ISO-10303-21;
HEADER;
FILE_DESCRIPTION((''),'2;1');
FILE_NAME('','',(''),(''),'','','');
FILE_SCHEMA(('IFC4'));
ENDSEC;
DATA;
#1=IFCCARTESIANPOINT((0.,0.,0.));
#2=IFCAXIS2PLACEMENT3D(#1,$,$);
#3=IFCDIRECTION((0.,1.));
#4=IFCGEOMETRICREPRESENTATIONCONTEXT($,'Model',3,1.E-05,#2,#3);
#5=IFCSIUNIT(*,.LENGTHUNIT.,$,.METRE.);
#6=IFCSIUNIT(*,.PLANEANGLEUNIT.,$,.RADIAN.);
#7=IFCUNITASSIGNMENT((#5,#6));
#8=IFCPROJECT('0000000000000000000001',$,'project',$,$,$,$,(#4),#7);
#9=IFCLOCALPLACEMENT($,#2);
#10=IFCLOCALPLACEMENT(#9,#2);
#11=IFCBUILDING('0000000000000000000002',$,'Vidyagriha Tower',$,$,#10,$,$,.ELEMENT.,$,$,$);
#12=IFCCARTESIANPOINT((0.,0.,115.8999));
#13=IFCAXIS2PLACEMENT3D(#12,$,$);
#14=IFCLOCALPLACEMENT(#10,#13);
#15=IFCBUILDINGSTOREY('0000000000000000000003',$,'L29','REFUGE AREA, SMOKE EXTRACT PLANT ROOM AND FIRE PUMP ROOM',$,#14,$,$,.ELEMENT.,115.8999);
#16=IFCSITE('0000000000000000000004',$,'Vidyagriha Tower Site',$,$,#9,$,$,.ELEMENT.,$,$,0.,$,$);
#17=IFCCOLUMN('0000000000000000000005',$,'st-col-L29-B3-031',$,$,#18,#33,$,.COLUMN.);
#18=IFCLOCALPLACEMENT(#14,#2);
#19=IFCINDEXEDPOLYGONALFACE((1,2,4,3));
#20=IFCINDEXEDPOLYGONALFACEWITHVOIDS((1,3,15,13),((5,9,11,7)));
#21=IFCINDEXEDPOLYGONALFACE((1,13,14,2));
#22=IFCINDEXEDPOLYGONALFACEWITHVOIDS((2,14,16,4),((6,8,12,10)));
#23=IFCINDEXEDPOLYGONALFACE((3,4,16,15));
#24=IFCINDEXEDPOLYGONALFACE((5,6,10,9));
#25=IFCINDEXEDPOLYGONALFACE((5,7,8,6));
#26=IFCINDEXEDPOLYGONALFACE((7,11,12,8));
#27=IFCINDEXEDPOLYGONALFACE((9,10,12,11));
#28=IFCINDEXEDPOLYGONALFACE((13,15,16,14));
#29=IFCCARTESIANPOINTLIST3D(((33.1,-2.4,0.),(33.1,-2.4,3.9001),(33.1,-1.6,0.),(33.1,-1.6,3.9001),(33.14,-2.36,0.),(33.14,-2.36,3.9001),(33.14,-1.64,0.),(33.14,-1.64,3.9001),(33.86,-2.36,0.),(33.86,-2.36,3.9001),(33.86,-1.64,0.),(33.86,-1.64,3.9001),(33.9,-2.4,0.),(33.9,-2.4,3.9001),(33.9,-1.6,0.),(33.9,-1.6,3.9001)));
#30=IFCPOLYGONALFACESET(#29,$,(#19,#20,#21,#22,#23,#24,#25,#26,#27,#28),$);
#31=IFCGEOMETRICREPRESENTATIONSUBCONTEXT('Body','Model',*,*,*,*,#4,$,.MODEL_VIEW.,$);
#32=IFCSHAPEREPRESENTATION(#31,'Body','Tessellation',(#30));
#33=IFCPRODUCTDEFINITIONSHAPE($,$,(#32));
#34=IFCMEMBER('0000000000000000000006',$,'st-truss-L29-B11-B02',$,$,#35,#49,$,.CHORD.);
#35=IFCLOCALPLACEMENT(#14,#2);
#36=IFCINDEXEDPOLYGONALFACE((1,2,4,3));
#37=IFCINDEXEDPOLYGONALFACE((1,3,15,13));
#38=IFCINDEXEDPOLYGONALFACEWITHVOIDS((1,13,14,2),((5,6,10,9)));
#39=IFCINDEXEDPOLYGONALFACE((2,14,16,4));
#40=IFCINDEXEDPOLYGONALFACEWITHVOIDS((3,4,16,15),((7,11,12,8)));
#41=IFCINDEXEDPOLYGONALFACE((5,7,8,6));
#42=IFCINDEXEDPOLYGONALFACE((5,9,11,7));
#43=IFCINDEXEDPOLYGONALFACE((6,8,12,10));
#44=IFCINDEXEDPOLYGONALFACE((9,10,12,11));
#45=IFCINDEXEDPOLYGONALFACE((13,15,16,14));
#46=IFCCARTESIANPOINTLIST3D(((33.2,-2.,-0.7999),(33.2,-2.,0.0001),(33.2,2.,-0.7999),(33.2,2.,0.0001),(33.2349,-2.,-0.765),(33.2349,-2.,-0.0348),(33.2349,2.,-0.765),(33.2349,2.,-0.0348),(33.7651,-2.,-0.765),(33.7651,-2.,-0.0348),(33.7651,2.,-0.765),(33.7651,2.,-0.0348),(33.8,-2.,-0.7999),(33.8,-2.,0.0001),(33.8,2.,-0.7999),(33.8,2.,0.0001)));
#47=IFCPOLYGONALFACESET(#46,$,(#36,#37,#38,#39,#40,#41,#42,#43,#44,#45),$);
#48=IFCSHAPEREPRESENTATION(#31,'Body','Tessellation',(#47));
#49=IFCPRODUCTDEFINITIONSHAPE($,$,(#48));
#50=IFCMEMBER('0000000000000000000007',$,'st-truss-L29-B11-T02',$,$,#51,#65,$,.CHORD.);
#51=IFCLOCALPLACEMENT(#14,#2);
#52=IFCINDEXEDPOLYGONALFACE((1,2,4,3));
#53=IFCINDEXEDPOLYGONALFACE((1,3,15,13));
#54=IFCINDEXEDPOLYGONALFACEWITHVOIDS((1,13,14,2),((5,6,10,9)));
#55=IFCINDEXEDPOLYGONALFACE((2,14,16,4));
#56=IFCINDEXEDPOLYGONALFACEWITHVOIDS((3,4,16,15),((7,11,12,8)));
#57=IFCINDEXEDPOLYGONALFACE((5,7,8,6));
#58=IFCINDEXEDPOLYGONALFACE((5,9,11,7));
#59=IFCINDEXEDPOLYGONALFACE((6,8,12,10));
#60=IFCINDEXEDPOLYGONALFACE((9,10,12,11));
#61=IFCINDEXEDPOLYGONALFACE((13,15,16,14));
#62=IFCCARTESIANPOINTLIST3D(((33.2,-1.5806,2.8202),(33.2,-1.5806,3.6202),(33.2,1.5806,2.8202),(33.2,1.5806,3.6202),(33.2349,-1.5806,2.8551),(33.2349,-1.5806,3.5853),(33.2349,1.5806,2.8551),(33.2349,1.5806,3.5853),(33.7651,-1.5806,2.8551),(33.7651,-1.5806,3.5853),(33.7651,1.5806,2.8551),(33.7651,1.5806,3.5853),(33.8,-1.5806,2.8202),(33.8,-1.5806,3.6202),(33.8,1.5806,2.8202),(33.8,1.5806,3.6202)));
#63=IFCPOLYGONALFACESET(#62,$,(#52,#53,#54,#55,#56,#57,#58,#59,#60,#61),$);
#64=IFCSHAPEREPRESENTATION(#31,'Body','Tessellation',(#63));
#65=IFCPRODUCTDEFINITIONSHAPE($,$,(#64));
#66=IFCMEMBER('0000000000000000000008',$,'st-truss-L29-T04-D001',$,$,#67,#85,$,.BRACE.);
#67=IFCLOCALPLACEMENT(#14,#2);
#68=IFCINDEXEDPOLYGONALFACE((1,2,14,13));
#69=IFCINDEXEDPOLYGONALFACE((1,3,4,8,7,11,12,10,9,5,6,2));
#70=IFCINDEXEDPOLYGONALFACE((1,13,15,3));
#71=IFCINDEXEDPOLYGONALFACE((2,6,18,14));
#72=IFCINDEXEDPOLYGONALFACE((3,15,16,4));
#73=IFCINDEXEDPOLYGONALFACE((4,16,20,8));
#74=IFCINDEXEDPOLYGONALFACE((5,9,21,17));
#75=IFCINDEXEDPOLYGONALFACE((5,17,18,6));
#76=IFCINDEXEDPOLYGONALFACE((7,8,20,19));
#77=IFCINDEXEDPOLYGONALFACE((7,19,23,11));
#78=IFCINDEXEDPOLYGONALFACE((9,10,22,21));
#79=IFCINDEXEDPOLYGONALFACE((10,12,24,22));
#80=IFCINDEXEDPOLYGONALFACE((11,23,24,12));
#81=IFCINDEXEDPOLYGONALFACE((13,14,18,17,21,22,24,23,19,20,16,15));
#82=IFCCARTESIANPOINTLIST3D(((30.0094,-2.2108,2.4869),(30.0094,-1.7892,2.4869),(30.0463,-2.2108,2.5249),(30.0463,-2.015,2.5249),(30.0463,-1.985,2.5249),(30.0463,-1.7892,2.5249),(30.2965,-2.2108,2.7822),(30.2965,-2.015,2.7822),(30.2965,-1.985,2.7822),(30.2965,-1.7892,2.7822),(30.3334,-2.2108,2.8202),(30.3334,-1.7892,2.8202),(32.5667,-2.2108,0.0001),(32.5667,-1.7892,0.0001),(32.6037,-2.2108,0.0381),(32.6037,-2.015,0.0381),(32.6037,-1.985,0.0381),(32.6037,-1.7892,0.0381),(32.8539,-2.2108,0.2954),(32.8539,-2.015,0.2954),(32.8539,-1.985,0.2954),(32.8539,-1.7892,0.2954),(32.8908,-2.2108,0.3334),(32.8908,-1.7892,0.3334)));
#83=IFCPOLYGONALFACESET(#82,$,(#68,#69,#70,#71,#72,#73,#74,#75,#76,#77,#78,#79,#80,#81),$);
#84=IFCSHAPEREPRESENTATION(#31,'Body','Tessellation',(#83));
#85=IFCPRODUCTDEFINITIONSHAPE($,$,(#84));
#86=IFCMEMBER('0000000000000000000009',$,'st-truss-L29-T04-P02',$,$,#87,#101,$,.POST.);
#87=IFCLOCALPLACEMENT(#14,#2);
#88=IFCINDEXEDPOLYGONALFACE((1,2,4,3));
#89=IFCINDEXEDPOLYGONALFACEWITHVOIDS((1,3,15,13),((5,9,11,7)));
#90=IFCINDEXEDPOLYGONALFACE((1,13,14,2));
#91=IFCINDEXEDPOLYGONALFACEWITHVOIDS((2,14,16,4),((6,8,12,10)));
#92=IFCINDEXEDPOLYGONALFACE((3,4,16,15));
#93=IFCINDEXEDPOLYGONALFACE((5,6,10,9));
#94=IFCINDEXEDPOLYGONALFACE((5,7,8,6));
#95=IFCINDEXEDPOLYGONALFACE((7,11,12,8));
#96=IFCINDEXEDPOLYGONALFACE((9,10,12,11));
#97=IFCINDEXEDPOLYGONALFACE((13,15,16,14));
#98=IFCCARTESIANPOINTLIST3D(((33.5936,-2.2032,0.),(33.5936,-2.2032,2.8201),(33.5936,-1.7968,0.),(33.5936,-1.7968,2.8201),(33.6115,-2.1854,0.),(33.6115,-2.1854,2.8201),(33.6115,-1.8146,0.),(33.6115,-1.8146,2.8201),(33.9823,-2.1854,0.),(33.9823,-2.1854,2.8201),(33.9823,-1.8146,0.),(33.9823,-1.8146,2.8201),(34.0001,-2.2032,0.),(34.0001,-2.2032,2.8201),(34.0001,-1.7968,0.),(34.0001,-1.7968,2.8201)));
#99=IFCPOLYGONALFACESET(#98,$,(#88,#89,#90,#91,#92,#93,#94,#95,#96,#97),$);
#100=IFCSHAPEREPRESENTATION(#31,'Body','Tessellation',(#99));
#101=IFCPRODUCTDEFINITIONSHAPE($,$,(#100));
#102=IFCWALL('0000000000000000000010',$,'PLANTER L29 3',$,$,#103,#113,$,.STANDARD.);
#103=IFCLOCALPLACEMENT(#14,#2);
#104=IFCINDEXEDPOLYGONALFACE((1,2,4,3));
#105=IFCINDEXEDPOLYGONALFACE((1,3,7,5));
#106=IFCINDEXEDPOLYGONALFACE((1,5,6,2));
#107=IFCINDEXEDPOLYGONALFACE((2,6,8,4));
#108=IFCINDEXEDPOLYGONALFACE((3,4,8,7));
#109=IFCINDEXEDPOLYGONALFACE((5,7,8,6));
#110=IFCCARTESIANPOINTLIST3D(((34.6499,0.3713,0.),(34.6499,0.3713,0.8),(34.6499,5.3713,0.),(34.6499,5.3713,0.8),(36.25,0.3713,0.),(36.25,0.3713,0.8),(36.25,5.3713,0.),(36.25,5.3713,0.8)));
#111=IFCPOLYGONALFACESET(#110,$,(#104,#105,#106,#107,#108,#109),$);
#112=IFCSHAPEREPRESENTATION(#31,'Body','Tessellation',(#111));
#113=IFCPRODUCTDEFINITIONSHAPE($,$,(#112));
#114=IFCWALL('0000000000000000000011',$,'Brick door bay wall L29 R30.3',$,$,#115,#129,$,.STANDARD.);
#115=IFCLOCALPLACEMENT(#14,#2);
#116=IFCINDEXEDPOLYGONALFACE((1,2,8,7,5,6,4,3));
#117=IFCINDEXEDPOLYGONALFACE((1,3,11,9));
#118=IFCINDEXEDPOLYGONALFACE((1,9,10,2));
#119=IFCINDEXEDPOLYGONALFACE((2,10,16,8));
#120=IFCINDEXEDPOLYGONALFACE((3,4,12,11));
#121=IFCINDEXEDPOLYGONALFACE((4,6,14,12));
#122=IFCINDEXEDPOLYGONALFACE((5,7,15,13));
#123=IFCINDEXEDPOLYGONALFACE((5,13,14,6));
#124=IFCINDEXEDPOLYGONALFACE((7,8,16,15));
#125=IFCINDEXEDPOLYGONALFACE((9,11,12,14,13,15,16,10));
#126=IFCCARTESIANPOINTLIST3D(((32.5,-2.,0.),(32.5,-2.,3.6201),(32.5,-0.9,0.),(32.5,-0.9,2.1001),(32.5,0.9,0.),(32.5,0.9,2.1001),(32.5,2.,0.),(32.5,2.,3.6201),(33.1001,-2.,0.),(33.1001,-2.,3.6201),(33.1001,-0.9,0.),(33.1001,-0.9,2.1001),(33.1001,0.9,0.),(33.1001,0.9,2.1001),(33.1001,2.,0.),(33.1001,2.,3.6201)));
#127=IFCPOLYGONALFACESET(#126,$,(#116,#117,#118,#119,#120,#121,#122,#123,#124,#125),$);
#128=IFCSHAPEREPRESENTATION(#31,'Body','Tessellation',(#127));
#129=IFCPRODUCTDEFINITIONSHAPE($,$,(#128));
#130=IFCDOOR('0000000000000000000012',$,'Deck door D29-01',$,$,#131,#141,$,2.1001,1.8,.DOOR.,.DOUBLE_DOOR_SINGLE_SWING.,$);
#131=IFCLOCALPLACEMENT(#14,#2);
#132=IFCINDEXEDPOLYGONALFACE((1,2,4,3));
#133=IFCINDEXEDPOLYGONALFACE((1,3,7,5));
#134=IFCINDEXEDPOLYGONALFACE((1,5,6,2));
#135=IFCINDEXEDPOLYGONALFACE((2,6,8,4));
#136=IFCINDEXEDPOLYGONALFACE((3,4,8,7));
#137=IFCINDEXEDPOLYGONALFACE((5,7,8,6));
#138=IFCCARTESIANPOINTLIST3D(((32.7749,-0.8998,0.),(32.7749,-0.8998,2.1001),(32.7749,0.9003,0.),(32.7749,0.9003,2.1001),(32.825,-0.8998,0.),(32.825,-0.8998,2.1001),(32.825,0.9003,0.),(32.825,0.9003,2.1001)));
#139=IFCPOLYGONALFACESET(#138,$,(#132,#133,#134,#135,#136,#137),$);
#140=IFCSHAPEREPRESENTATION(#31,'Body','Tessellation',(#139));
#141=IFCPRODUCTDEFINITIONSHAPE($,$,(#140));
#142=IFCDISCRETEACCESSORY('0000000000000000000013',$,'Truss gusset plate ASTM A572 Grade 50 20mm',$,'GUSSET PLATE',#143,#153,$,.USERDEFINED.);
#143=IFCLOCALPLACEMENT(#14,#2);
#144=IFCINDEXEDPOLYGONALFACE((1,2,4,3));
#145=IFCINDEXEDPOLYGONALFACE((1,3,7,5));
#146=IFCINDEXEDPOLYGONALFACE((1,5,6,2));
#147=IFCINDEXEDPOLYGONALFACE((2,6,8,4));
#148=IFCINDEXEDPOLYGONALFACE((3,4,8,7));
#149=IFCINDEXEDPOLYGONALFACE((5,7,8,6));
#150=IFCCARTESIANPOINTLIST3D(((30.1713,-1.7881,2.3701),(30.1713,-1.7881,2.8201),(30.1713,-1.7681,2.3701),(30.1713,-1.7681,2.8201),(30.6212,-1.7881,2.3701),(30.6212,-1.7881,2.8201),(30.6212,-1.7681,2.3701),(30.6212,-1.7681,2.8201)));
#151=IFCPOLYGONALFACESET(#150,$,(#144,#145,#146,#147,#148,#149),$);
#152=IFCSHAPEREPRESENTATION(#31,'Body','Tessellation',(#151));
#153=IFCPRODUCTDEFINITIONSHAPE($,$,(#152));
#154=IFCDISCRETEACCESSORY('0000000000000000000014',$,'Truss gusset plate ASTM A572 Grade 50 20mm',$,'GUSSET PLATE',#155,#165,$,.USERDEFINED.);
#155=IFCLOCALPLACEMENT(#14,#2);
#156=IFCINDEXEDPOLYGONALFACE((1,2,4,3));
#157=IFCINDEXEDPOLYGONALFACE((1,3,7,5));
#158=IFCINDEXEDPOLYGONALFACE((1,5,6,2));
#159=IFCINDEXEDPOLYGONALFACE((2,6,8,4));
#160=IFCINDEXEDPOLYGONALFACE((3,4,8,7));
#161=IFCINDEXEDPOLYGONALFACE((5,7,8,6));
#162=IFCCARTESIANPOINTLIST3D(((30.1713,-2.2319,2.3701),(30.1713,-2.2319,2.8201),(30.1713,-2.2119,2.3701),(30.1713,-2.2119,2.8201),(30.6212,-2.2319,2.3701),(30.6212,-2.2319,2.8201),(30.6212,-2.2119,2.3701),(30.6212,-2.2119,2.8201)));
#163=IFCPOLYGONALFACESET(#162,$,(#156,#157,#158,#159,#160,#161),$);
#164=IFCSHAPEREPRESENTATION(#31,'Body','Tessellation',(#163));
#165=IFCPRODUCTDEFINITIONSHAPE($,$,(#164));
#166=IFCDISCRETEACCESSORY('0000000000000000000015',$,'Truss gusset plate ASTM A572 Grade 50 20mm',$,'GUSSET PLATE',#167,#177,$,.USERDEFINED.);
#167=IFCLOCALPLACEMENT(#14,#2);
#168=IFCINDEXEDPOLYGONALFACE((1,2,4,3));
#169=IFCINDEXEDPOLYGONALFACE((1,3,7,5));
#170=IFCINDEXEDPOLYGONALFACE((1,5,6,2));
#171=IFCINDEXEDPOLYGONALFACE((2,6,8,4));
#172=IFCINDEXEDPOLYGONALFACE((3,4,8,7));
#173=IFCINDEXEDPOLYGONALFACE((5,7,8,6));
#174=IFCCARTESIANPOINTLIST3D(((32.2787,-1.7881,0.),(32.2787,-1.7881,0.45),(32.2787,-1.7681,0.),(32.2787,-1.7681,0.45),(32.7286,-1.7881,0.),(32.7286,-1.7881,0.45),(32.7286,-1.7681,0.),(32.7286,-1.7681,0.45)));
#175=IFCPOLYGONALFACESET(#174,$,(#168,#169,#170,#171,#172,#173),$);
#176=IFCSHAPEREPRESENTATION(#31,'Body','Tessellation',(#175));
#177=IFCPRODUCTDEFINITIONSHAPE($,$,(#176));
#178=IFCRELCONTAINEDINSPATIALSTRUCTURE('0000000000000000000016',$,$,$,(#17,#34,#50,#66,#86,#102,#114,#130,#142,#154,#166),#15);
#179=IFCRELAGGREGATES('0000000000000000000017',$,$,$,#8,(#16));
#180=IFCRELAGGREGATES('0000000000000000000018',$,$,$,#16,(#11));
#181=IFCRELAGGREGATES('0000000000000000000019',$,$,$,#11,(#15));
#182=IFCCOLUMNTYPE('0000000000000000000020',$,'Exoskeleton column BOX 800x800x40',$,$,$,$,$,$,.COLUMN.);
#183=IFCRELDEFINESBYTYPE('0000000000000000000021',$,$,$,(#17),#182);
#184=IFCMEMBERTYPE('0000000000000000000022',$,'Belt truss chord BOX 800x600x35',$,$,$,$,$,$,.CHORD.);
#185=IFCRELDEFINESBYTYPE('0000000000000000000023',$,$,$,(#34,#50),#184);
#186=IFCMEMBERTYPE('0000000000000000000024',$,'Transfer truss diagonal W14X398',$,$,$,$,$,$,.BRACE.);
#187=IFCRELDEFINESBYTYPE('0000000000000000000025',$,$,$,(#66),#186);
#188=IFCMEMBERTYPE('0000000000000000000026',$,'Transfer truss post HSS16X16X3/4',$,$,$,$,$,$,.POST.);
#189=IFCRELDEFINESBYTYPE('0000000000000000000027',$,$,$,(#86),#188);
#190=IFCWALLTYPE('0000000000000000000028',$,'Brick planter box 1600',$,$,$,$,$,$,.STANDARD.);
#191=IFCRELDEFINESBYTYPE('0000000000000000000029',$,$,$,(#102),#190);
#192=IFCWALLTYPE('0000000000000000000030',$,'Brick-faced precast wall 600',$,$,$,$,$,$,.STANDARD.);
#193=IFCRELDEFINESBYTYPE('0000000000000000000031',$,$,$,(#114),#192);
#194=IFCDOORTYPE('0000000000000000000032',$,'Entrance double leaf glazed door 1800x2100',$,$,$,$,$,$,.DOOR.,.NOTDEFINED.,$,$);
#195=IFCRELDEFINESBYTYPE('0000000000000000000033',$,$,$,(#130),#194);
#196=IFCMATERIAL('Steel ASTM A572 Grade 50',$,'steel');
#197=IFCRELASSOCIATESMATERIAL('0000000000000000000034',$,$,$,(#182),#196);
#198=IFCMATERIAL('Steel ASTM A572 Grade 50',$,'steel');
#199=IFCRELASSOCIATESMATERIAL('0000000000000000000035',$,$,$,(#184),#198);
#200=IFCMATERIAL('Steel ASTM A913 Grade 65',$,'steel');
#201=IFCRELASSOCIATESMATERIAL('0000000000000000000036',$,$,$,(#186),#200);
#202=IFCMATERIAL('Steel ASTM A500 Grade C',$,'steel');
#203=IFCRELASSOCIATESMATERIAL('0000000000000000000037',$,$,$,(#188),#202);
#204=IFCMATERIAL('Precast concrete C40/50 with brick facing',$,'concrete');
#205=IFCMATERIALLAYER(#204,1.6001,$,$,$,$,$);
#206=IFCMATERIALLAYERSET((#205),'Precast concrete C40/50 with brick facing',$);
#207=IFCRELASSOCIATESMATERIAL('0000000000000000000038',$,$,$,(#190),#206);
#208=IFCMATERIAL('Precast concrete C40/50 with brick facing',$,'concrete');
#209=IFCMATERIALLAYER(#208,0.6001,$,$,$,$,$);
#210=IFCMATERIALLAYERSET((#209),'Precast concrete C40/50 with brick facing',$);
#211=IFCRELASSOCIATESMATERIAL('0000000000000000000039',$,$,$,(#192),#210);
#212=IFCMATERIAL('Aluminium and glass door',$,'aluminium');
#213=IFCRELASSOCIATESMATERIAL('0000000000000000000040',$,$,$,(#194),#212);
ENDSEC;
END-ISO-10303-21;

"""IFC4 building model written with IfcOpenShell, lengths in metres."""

from ifc_helpers import new_model, si_unit, direction, frame, frame_2d, origin, origin_2d, place, context, subcontext, project, spatial, rectangle, hollow_rectangle, i_section, extrude, material, layer, layer_set, material_profile, profile_set, type_object, element, fill, save


model = new_model("IFC4")

# Units and contexts
model_context = context("Model", 3, precision=1e-05, world=origin(), true_north=direction((0.0, 1.0)))
body_context = subcontext(model_context, "Body", "Model", "MODEL_VIEW")
ifc_project = project(units=[si_unit("LENGTHUNIT", "METRE"), si_unit("PLANEANGLEUNIT", "RADIAN")], contexts=[model_context])

# Site, building, storey
site_placement = place(None, origin())
site = spatial("IfcSite", under=ifc_project, at=site_placement, Name="Vidyagriha Tower Site", CompositionType="ELEMENT", RefElevation=0.0)
building_placement = place(site_placement, origin())
building = spatial("IfcBuilding", under=site, at=building_placement, Name="Vidyagriha Tower", CompositionType="ELEMENT")
storey_placement = place(building_placement, frame((0.0, 0.0, 115.8999)))
storey = spatial("IfcBuildingStorey", under=building, at=storey_placement, Name="L29", Description="REFUGE AREA, SMOKE EXTRACT PLANT ROOM AND FIRE PUMP ROOM", CompositionType="ELEMENT", Elevation=115.8999)

# Column
ifc_material_1 = material(Name="Steel ASTM A572 Grade 50", Category="steel")
ifc_material_profile_1 = material_profile(ifc_material_1, hollow_rectangle(XDim=0.8, YDim=0.8, WallThickness=0.04, at=origin_2d()), Name="BOX 800x800x40")
ifc_profile_set_1 = profile_set([ifc_material_profile_1], Name="Steel ASTM A572 Grade 50")
column_type = type_object("IfcColumnType", Name="Exoskeleton column BOX 800x800x40", PredefinedType="COLUMN", material=ifc_profile_set_1)
column_placement = place(storey_placement, frame((33.5, -2.0, 0.0)))
element("IfcColumn", 1, at=column_placement, inside=storey, type_object=column_type, Name="st-col-L29-B3-031", PredefinedType="COLUMN", context=body_context, shape_type="SweptSolid", body=[
    extrude(hollow_rectangle(XDim=0.8, YDim=0.8, WallThickness=0.04, at=origin_2d()), origin(), (0.0, 0.0, 1.0), 3.9001),
])

# Members
ifc_material_2 = material(Name="Steel ASTM A572 Grade 50", Category="steel")
ifc_material_profile_2 = material_profile(ifc_material_2, hollow_rectangle(XDim=0.6001, YDim=0.8, WallThickness=0.0349, at=origin_2d()), Name="BOX 800x600x35")
ifc_profile_set_2 = profile_set([ifc_material_profile_2], Name="Steel ASTM A572 Grade 50")
member_type_1 = type_object("IfcMemberType", Name="Belt truss chord BOX 800x600x35", PredefinedType="CHORD", material=ifc_profile_set_2)
member_1_placement = place(storey_placement, frame((33.5, -2.0, -0.3999), z_axis=(0.0, 1.0, 0.0), x_axis=(-1.0, 0.0, 0.0)))
element("IfcMember", 2, at=member_1_placement, inside=storey, type_object=member_type_1, Name="st-truss-L29-B11-B02", PredefinedType="CHORD", context=body_context, shape_type="SweptSolid", body=[
    extrude(hollow_rectangle(XDim=0.6001, YDim=0.8, WallThickness=0.0349, at=origin_2d()), origin(), (0.0, 0.0, 1.0), 4.0),
])
member_2_placement = place(storey_placement, frame((33.5, -1.5806, 3.2202), z_axis=(0.0, 1.0, 0.0), x_axis=(-1.0, 0.0, 0.0)))
element("IfcMember", 3, at=member_2_placement, inside=storey, type_object=member_type_1, Name="st-truss-L29-B11-T02", PredefinedType="CHORD", context=body_context, shape_type="SweptSolid", body=[
    extrude(hollow_rectangle(XDim=0.6001, YDim=0.8, WallThickness=0.0349, at=origin_2d()), origin(), (0.0, 0.0, 1.0), 3.1611),
])
ifc_material_3 = material(Name="Steel ASTM A913 Grade 65", Category="steel")
ifc_material_profile_3 = material_profile(ifc_material_3, i_section(OverallWidth=0.4216, OverallDepth=0.4648, WebThickness=0.03, FlangeThickness=0.053, at=origin_2d()), Name="W14X398")
ifc_profile_set_3 = profile_set([ifc_material_profile_3], Name="Steel ASTM A913 Grade 65")
member_type_2 = type_object("IfcMemberType", Name="Transfer truss diagonal W14X398", PredefinedType="BRACE", material=ifc_profile_set_3)
member_3_placement = place(storey_placement, frame((30.1714, -2.0, 2.6536), z_axis=(0.716927, 0.0, -0.697148), x_axis=(0.0, 1.0, 0.0)))
element("IfcMember", 4, at=member_3_placement, inside=storey, type_object=member_type_2, Name="st-truss-L29-T04-D001", PredefinedType="BRACE", context=body_context, shape_type="SweptSolid", body=[
    extrude(i_section(OverallWidth=0.4216, OverallDepth=0.4648, WebThickness=0.03, FlangeThickness=0.053, at=origin_2d()), origin(), (0.0, 0.0, 1.0), 3.5671),
])
ifc_material_4 = material(Name="Steel ASTM A500 Grade C", Category="steel")
ifc_material_profile_4 = material_profile(ifc_material_4, hollow_rectangle(XDim=0.4065, YDim=0.4065, WallThickness=0.0178, at=origin_2d()), Name="HSS16X16X3/4")
ifc_profile_set_4 = profile_set([ifc_material_profile_4], Name="Steel ASTM A500 Grade C")
member_type_3 = type_object("IfcMemberType", Name="Transfer truss post HSS16X16X3/4", PredefinedType="POST", material=ifc_profile_set_4)
member_4_placement = place(storey_placement, frame((33.7969, -2.0, 0.0)))
element("IfcMember", 5, at=member_4_placement, inside=storey, type_object=member_type_3, Name="st-truss-L29-T04-P02", PredefinedType="POST", context=body_context, shape_type="SweptSolid", body=[
    extrude(hollow_rectangle(XDim=0.4065, YDim=0.4065, WallThickness=0.0178, at=origin_2d()), origin(), (0.0, 0.0, 1.0), 2.8201),
])

# Wall
ifc_material_5 = material(Name="Precast concrete C40/50 with brick facing", Category="concrete")
ifc_layer_1 = layer(ifc_material_5, 1.6001)
ifc_layer_set_1 = layer_set([ifc_layer_1], Name="Precast concrete C40/50 with brick facing")
wall_type_1 = type_object("IfcWallType", Name="Brick planter box 1600", PredefinedType="STANDARD", material=ifc_layer_set_1)
wall_1_placement = place(storey_placement, frame((35.45, 0.3713, 0.0), z_axis=(0.0, 0.0, 1.0), x_axis=(0.0, 1.0, 0.0)))
element("IfcWall", 6, at=wall_1_placement, inside=storey, type_object=wall_type_1, Name="PLANTER L29 3", PredefinedType="STANDARD", context=body_context, shape_type="SweptSolid", body=[
    extrude(rectangle(XDim=5.0, YDim=1.6001, at=frame_2d((2.5, 0.0))), origin(), (0.0, 0.0, 1.0), 0.8),
])

# Wall, opening, door
ifc_material_6 = material(Name="Precast concrete C40/50 with brick facing", Category="concrete")
ifc_layer_2 = layer(ifc_material_6, 0.6001)
ifc_layer_set_2 = layer_set([ifc_layer_2], Name="Precast concrete C40/50 with brick facing")
wall_type_2 = type_object("IfcWallType", Name="Brick-faced precast wall 600", PredefinedType="STANDARD", material=ifc_layer_set_2)
wall_2_placement = place(storey_placement, frame((32.8, -2.0, 0.0), z_axis=(0.0, 0.0, 1.0), x_axis=(0.0, 1.0, 0.0)))
wall_2 = element("IfcWall", 7, at=wall_2_placement, inside=storey, type_object=wall_type_2, Name="Brick door bay wall L29 R30.3", PredefinedType="STANDARD", context=body_context, shape_type="SweptSolid", body=[
    extrude(rectangle(XDim=4.0, YDim=0.6001, at=frame_2d((2.0, 0.0))), origin(), (0.0, 0.0, 1.0), 3.6201),
])
opening_placement = place(wall_2_placement, frame((1.1001, 0.0, 0.0)))
opening = element("IfcOpeningElement", 8, at=opening_placement, cuts=wall_2, PredefinedType="OPENING", context=body_context, shape_type="SweptSolid", body=[
    extrude(rectangle(XDim=1.8, YDim=2.1001, at=frame_2d((0.8999, 1.05))), frame((0.0, 0.3101, 0.0), z_axis=(0.0, -1.0, 0.0), x_axis=(1.0, 0.0, 0.0)), (0.0, 0.0, 1.0), 0.6201),
])
ifc_material_7 = material(Name="Aluminium and glass door", Category="aluminium")
door_type = type_object("IfcDoorType", Name="Entrance double leaf glazed door 1800x2100", OperationType="NOTDEFINED", PredefinedType="DOOR", material=ifc_material_7)
door_placement = place(opening_placement, frame((1.8, 0.0, 0.0), z_axis=(0.0, 0.0, 1.0), x_axis=(-1.0, 0.0, 0.0)))
door = element("IfcDoor", 9, at=door_placement, inside=storey, type_object=door_type, Name="Deck door D29-01", OperationType="DOUBLE_DOOR_SINGLE_SWING", OverallHeight=2.1001, OverallWidth=1.8, PredefinedType="DOOR", context=body_context, shape_type="SweptSolid", body=[
    extrude(rectangle(XDim=1.8, YDim=2.1001, at=frame_2d((0.8999, 1.05))), frame((0.0, 0.0249, 0.0), z_axis=(0.0, -1.0, 0.0), x_axis=(1.0, 0.0, 0.0)), (0.0, 0.0, 1.0), 0.05),
])
fill(opening, door)

# Discrete accessories
for number, where, name in (
    (10, (30.3962, -1.7781, 2.3701), "Truss gusset plate ASTM A572 Grade 50 20mm"),
    (11, (30.3962, -2.2219, 2.3701), "Truss gusset plate ASTM A572 Grade 50 20mm"),
    (12, (32.5037, -1.7781, 0.0), "Truss gusset plate ASTM A572 Grade 50 20mm"),
):
    element("IfcDiscreteAccessory", number, at=place(storey_placement, frame(where)), inside=storey, Name=name, ObjectType="GUSSET PLATE", PredefinedType="USERDEFINED", context=body_context, shape_type="SweptSolid", body=[
        extrude(rectangle(XDim=0.45, YDim=0.02, at=origin_2d()), origin(), (0.0, 0.0, 1.0), 0.45),
    ])

save(model, "model.ifc")
